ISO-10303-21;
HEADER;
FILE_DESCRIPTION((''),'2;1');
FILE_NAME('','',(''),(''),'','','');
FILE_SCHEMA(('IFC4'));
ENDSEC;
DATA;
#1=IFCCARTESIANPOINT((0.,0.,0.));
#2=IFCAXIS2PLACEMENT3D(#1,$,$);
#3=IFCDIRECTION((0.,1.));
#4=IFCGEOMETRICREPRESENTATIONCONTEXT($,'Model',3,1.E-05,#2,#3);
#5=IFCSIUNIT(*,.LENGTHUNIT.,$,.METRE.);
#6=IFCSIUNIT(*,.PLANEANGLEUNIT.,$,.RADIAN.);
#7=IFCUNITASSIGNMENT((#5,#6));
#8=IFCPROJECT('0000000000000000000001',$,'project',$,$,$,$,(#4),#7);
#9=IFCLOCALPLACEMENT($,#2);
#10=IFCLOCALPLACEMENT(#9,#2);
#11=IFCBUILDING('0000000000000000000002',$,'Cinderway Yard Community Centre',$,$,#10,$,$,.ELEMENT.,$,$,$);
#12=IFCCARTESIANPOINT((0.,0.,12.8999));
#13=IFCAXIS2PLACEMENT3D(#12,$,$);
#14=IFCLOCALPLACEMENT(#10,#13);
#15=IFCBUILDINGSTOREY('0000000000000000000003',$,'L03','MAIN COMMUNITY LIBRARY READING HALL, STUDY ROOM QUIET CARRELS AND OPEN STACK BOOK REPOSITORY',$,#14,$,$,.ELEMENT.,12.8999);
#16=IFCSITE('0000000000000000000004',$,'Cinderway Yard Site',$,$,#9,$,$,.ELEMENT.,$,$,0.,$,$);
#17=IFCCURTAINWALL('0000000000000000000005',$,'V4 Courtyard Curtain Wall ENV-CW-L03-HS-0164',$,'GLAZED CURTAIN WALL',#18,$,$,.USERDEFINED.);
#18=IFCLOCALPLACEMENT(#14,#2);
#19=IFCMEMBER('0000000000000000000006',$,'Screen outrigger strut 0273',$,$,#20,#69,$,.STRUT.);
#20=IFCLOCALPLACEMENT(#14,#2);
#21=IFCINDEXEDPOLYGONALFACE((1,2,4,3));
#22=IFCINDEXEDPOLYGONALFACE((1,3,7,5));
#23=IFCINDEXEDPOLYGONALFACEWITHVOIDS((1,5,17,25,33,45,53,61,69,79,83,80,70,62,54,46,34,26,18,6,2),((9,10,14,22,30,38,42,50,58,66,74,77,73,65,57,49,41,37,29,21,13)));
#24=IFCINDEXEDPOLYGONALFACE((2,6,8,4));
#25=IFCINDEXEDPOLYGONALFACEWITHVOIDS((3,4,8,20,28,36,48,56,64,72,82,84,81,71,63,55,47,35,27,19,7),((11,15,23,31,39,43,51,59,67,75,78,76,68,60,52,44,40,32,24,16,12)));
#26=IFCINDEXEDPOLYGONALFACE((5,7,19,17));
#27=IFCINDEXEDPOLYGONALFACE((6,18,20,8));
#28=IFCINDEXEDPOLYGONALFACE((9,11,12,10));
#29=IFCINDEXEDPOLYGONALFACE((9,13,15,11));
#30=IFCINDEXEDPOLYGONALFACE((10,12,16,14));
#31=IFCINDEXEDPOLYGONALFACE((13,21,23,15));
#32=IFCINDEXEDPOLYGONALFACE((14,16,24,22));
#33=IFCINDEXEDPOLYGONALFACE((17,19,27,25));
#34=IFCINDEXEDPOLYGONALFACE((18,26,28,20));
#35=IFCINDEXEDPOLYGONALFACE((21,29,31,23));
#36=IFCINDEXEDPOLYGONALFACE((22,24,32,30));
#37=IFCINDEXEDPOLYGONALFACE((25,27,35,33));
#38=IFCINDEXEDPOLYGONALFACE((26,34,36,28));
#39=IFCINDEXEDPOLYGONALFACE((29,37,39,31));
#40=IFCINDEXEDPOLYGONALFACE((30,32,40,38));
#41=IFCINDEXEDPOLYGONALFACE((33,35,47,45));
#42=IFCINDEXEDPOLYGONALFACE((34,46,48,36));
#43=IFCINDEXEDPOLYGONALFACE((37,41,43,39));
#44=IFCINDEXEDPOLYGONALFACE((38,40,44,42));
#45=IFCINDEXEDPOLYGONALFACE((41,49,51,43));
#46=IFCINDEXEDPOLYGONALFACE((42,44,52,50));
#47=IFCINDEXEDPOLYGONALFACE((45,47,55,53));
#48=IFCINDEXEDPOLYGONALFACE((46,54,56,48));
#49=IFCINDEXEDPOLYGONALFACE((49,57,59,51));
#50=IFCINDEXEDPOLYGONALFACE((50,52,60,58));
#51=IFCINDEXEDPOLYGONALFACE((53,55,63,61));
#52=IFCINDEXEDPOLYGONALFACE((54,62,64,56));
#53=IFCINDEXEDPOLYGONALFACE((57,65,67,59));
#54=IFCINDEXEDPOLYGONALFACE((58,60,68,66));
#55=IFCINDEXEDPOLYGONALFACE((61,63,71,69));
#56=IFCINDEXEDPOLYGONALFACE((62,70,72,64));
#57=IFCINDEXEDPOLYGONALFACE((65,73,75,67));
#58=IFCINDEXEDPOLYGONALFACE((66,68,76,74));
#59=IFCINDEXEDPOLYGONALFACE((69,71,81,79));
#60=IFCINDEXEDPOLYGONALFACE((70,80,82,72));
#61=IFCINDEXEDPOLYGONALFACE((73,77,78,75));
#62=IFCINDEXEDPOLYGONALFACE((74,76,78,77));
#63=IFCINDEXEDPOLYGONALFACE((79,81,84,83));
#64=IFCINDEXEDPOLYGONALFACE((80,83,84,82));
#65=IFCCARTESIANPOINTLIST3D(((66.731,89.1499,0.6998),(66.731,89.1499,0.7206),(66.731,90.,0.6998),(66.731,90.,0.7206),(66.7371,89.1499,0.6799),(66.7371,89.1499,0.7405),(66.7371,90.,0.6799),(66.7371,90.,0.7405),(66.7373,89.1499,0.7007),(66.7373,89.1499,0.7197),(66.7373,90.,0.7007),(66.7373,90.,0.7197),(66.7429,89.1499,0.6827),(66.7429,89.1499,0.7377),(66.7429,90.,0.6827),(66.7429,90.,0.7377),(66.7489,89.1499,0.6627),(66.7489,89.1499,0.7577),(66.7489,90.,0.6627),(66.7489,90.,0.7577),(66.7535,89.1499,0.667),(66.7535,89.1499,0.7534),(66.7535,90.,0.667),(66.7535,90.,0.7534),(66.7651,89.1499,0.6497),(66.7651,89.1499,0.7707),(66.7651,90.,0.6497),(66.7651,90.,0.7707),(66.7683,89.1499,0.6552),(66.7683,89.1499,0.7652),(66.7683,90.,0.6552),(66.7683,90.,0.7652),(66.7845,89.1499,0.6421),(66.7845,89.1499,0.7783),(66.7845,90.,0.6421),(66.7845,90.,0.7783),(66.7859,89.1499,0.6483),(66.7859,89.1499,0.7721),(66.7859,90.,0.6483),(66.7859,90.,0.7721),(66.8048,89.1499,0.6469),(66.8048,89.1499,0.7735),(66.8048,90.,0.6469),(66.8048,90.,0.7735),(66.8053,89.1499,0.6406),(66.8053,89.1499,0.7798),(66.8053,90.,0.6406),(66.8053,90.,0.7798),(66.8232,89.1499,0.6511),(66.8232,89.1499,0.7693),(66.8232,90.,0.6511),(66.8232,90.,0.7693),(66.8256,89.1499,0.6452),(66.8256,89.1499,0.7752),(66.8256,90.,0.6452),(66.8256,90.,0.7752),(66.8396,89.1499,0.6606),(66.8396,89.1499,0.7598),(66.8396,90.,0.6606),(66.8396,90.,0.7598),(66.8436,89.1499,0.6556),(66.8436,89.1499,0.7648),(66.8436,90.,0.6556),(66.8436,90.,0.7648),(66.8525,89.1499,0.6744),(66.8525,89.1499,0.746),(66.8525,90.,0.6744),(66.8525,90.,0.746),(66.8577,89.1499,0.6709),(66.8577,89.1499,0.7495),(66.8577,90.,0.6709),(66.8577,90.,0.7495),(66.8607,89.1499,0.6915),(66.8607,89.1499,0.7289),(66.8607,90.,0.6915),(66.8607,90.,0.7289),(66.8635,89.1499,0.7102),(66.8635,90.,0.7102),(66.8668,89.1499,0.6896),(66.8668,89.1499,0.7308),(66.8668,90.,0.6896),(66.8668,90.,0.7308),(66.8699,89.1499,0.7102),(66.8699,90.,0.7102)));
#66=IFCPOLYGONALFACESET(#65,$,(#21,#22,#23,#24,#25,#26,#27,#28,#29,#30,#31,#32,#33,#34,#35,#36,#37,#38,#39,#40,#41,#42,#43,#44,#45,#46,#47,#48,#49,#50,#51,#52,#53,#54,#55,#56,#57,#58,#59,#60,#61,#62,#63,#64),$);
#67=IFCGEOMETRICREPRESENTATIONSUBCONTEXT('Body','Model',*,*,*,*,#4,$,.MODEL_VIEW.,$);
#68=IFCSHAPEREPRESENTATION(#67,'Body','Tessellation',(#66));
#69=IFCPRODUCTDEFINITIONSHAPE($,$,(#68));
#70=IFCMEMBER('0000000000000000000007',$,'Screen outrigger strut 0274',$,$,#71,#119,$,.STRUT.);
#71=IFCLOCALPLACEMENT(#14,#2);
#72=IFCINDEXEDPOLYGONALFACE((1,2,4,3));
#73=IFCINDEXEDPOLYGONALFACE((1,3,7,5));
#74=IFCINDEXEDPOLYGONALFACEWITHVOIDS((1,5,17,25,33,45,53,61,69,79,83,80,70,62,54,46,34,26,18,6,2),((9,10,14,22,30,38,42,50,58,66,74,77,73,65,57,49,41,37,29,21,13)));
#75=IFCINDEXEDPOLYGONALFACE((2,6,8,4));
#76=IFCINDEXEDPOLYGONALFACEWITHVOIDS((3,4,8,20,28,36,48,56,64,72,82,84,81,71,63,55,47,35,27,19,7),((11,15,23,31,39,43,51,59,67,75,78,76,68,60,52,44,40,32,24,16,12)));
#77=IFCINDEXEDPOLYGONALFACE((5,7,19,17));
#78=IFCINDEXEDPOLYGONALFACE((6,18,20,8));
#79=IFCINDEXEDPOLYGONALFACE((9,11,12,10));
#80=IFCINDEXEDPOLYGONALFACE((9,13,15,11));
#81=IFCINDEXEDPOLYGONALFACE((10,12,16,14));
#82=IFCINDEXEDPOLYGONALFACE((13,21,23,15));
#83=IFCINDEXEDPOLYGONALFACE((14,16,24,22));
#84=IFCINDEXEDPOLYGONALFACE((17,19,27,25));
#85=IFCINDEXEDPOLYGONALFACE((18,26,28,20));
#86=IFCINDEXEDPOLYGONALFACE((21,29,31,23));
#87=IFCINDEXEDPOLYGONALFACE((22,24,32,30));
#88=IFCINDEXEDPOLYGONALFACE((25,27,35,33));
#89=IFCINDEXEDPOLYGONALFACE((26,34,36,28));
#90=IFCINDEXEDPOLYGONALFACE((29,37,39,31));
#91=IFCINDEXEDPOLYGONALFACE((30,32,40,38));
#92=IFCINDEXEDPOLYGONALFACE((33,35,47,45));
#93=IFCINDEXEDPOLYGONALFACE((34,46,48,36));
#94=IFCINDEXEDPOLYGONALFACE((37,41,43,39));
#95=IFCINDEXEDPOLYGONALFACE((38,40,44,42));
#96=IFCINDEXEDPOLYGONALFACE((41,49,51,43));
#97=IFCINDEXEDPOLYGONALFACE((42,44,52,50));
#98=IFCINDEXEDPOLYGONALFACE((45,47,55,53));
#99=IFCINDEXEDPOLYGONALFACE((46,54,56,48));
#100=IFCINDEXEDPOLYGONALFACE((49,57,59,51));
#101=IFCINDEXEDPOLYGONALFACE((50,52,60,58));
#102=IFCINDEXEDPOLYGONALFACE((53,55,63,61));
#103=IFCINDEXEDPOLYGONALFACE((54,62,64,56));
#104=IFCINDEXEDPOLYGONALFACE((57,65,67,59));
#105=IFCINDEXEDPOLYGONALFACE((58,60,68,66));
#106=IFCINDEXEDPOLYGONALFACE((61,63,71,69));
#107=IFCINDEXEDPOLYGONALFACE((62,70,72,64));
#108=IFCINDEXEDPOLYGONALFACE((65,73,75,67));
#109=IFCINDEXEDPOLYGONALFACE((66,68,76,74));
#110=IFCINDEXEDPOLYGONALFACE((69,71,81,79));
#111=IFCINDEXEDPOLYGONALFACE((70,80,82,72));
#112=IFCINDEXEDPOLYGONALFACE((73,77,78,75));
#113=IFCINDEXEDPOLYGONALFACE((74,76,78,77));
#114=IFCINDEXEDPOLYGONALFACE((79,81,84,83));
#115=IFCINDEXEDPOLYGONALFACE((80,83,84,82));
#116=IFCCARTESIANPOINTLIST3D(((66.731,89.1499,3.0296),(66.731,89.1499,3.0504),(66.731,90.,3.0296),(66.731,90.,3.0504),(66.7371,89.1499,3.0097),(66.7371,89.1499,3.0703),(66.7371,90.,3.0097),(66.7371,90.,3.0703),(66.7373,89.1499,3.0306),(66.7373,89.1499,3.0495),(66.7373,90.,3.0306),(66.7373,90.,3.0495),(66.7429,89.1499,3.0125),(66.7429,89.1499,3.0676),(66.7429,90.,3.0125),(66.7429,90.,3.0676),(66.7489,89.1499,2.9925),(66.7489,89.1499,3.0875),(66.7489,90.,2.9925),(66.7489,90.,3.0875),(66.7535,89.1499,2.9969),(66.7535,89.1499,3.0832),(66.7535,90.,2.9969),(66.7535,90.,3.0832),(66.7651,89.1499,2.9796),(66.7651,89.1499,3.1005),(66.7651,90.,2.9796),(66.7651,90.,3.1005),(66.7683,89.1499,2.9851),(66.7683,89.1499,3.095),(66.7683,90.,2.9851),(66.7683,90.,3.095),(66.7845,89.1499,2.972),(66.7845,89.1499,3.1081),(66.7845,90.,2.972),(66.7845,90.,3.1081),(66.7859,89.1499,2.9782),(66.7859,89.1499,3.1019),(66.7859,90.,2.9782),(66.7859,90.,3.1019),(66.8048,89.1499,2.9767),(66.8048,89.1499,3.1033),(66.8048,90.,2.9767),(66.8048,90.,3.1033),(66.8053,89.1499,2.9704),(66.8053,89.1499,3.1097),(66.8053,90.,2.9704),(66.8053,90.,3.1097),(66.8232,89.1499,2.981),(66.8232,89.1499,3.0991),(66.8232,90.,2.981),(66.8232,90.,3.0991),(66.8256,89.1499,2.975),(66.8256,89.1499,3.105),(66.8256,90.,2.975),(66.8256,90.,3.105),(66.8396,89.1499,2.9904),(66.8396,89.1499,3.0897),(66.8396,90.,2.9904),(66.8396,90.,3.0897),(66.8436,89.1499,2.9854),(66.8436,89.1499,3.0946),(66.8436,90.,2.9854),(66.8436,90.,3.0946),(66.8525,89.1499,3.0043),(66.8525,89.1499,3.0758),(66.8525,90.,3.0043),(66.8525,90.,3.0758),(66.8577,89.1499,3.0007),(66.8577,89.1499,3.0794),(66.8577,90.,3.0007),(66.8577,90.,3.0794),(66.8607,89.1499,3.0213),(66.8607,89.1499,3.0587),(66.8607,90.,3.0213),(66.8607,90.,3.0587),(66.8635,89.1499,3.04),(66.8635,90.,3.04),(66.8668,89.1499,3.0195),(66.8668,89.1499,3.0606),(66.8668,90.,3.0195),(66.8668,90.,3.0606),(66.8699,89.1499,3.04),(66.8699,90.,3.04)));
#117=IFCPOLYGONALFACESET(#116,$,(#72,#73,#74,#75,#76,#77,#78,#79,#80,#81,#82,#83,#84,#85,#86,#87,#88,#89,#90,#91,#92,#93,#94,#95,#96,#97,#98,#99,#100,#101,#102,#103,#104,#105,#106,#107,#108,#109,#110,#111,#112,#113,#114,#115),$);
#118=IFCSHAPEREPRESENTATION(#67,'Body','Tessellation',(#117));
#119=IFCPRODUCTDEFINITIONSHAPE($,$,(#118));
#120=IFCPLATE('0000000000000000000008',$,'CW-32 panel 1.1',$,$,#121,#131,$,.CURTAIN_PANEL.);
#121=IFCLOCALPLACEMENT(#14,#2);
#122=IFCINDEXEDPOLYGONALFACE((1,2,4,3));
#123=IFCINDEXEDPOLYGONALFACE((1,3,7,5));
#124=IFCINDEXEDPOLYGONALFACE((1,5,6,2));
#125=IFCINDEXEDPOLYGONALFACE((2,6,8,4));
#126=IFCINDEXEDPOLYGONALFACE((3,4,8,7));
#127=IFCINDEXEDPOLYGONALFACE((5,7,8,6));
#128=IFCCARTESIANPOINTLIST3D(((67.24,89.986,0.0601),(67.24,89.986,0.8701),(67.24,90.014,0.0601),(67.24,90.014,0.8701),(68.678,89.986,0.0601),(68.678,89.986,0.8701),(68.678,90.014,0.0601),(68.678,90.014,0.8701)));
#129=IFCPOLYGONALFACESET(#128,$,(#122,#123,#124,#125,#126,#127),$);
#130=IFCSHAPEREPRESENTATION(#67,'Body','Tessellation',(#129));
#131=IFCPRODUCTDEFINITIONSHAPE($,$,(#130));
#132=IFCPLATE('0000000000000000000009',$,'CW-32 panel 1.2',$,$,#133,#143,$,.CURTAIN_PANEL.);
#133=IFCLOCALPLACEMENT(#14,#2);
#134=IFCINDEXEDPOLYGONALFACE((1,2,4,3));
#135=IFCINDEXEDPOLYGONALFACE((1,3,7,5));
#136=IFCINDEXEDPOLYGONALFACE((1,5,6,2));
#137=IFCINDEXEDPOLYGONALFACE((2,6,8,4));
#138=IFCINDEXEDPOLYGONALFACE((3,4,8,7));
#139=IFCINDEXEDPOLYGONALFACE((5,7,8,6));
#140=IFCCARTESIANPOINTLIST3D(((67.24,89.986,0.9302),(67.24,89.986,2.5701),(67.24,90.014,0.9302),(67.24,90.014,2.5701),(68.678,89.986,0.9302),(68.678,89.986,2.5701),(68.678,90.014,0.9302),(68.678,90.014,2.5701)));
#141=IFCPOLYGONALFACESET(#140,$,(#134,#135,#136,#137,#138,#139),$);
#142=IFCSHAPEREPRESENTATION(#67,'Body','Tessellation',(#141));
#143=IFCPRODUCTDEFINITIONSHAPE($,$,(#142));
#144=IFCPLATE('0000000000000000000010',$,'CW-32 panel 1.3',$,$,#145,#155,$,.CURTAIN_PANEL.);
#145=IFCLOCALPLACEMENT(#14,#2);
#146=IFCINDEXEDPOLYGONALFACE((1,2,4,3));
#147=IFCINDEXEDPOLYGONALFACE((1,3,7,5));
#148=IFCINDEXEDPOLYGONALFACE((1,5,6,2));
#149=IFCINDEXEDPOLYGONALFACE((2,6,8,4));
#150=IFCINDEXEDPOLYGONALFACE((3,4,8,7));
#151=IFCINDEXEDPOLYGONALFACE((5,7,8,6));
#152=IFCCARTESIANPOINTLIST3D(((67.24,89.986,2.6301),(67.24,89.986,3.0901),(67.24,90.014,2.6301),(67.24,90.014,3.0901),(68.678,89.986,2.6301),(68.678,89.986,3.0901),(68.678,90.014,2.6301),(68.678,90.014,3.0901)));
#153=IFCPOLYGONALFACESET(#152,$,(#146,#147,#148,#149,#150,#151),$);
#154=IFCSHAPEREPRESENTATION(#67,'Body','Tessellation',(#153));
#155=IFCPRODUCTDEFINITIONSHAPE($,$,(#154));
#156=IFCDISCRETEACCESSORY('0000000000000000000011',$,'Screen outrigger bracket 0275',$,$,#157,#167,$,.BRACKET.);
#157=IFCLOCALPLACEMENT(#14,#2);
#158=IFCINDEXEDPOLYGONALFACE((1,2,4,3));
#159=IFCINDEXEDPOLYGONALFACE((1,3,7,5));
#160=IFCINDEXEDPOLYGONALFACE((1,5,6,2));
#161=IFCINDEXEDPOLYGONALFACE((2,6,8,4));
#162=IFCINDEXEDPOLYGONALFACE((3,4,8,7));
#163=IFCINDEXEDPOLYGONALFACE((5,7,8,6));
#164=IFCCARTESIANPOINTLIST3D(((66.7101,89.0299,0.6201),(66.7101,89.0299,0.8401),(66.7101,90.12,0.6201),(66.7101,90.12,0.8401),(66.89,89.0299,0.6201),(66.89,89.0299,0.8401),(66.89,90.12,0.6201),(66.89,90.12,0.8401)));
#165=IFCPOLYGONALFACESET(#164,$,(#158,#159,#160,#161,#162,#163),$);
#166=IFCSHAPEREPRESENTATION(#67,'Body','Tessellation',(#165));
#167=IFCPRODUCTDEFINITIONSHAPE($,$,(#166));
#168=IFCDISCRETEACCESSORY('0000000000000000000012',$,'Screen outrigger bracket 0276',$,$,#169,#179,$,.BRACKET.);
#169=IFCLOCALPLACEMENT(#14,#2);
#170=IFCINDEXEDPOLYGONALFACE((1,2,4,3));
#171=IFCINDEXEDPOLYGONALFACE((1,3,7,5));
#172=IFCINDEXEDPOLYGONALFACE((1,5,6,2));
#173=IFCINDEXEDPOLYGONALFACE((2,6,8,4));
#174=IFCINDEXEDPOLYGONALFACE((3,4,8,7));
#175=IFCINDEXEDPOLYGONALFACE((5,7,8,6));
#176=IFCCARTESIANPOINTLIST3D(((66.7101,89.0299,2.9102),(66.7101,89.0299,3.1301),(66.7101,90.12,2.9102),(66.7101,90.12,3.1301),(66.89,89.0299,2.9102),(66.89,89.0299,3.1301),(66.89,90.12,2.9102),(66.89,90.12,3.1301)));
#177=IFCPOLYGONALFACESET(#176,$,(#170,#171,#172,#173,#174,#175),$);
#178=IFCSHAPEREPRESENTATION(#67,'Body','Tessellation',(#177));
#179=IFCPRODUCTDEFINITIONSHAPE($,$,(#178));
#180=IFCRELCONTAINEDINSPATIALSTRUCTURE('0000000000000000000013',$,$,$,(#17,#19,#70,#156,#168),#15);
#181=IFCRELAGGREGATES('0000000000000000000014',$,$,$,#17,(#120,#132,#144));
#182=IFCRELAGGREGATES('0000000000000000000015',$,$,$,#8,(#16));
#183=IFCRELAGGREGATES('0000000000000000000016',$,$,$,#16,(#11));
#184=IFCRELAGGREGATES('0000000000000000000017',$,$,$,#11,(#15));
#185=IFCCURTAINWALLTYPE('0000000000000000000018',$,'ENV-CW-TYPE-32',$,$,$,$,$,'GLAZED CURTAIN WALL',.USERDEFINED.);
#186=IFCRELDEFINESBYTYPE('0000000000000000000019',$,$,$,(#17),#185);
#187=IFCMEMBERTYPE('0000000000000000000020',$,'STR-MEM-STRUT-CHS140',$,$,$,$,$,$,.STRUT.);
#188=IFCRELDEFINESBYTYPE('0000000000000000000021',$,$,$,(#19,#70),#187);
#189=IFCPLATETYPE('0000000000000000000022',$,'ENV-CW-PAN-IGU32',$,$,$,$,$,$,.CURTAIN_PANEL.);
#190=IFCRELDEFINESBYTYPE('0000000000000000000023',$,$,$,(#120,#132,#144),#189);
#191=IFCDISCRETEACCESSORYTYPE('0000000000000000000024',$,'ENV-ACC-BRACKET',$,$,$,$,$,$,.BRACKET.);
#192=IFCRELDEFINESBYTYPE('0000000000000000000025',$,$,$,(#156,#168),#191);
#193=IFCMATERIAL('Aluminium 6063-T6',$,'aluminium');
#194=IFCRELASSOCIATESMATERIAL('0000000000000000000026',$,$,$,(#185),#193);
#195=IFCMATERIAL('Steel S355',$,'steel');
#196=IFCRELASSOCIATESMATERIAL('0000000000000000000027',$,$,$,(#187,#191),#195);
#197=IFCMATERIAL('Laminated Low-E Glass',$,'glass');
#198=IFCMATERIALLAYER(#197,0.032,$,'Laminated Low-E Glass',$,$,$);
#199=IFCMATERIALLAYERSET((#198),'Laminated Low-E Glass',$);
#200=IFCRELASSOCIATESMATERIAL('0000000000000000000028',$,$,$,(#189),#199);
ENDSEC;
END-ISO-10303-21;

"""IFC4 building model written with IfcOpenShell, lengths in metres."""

from ifc_helpers import new_model, si_unit, direction, frame, origin, origin_2d, place, context, subcontext, project, spatial, rectangle, hollow_circle, extrude, material, layer, layer_set, material_profile, profile_set, type_object, element, aggregate, save


model = new_model("IFC4")

# Units and contexts
model_context = context("Model", 3, precision=1e-05, world=origin(), true_north=direction((0.0, 1.0)))
body_context = subcontext(model_context, "Body", "Model", "MODEL_VIEW")
ifc_project = project(units=[si_unit("LENGTHUNIT", "METRE"), si_unit("PLANEANGLEUNIT", "RADIAN")], contexts=[model_context])

# Site, building, storey
site_placement = place(None, origin())
site = spatial("IfcSite", under=ifc_project, at=site_placement, Name="Cinderway Yard Site", CompositionType="ELEMENT", RefElevation=0.0)
building_placement = place(site_placement, origin())
building = spatial("IfcBuilding", under=site, at=building_placement, Name="Cinderway Yard Community Centre", CompositionType="ELEMENT")
storey_placement = place(building_placement, frame((0.0, 0.0, 12.8999)))
storey = spatial("IfcBuildingStorey", under=building, at=storey_placement, Name="L03", Description="MAIN COMMUNITY LIBRARY READING HALL, STUDY ROOM QUIET CARRELS AND OPEN STACK BOOK REPOSITORY", CompositionType="ELEMENT", Elevation=12.8999)

# Curtain wall
ifc_material_1 = material(Name="Aluminium 6063-T6", Category="aluminium")
curtain_wall_type = type_object("IfcCurtainWallType", Name="ENV-CW-TYPE-32", ElementType="GLAZED CURTAIN WALL", PredefinedType="USERDEFINED", material=ifc_material_1)
curtain_wall_placement = place(storey_placement, origin())
curtain_wall = element("IfcCurtainWall", 1, at=curtain_wall_placement, inside=storey, type_object=curtain_wall_type, Name="V4 Courtyard Curtain Wall ENV-CW-L03-HS-0164", ObjectType="GLAZED CURTAIN WALL", PredefinedType="USERDEFINED")

# Members
ifc_material_2 = material(Name="Steel S355", Category="steel")
ifc_material_profile_1 = material_profile(ifc_material_2, hollow_circle(Radius=0.0698, WallThickness=0.0063, at=origin_2d()), Name="Steel S355")
ifc_profile_set_1 = profile_set([ifc_material_profile_1], Name="Steel S355")
member_type_1 = type_object("IfcMemberType", Name="STR-MEM-STRUT-CHS140", PredefinedType="STRUT", material=ifc_profile_set_1)
for number, where, z_axis, x_axis, name in (
    (2, (66.8, 90.0, 0.7102), (0.0, -1.0, 0.0), (1.0, 0.0, 0.0), "Screen outrigger strut 0273"),
    (3, (66.8, 90.0, 3.04), (0.0, -1.0, 0.0), (1.0, 0.0, 0.0), "Screen outrigger strut 0274"),
):
    element("IfcMember", number, at=place(storey_placement, frame(where, z_axis=z_axis, x_axis=x_axis)), inside=storey, type_object=member_type_1, Name=name, PredefinedType="STRUT", context=body_context, shape_type="SweptSolid", body=[
        extrude(hollow_circle(Radius=0.0698, WallThickness=0.0063, at=origin_2d()), origin(), (0.0, 0.0, 1.0), 0.8501),
    ])

# Plates
ifc_material_3 = material(Name="Laminated Low-E Glass", Category="glass")
ifc_layer = layer(ifc_material_3, 0.032, Name="Laminated Low-E Glass")
ifc_layer_set = layer_set([ifc_layer], Name="Laminated Low-E Glass")
plate_type = type_object("IfcPlateType", Name="ENV-CW-PAN-IGU32", PredefinedType="CURTAIN_PANEL", material=ifc_layer_set)
plate_1_placement = place(storey_placement, frame((67.959, 90.0, 0.0601), z_axis=(0.0, 0.0, 1.0), x_axis=(1.0, 0.0, 0.0)))
plate_1 = element("IfcPlate", 4, at=plate_1_placement, type_object=plate_type, Name="CW-32 panel 1.1", PredefinedType="CURTAIN_PANEL", context=body_context, shape_type="SweptSolid", body=[
    extrude(rectangle(XDim=1.438, YDim=0.0281, at=origin_2d()), origin(), (0.0, 0.0, 1.0), 0.8101),
])
plate_2_placement = place(storey_placement, frame((67.959, 90.0, 0.9302), z_axis=(0.0, 0.0, 1.0), x_axis=(1.0, 0.0, 0.0)))
plate_2 = element("IfcPlate", 5, at=plate_2_placement, type_object=plate_type, Name="CW-32 panel 1.2", PredefinedType="CURTAIN_PANEL", context=body_context, shape_type="SweptSolid", body=[
    extrude(rectangle(XDim=1.438, YDim=0.0281, at=origin_2d()), origin(), (0.0, 0.0, 1.0), 1.6399),
])
plate_3_placement = place(storey_placement, frame((67.959, 90.0, 2.6301), z_axis=(0.0, 0.0, 1.0), x_axis=(1.0, 0.0, 0.0)))
plate_3 = element("IfcPlate", 6, at=plate_3_placement, type_object=plate_type, Name="CW-32 panel 1.3", PredefinedType="CURTAIN_PANEL", context=body_context, shape_type="SweptSolid", body=[
    extrude(rectangle(XDim=1.438, YDim=0.0281, at=origin_2d()), origin(), (0.0, 0.0, 1.0), 0.46),
])
aggregate(curtain_wall, [plate_1, plate_2, plate_3])

# Discrete accessories
discrete_accessory_type = type_object("IfcDiscreteAccessoryType", Name="ENV-ACC-BRACKET", PredefinedType="BRACKET", material=ifc_material_2)
for number, where, z_axis, x_axis, name in (
    (7, (66.8, 89.575, 0.6201), (0.0, 0.0, 1.0), (0.0, -1.0, 0.0), "Screen outrigger bracket 0275"),
    (8, (66.8, 89.575, 2.9102), (0.0, 0.0, 1.0), (0.0, -1.0, 0.0), "Screen outrigger bracket 0276"),
):
    element("IfcDiscreteAccessory", number, at=place(storey_placement, frame(where, z_axis=z_axis, x_axis=x_axis)), inside=storey, type_object=discrete_accessory_type, Name=name, PredefinedType="BRACKET", context=body_context, shape_type="SweptSolid", body=[
        extrude(rectangle(XDim=1.0901, YDim=0.1799, at=origin_2d()), origin(), (0.0, 0.0, 1.0), 0.22),
    ])

save(model, "model.ifc")
